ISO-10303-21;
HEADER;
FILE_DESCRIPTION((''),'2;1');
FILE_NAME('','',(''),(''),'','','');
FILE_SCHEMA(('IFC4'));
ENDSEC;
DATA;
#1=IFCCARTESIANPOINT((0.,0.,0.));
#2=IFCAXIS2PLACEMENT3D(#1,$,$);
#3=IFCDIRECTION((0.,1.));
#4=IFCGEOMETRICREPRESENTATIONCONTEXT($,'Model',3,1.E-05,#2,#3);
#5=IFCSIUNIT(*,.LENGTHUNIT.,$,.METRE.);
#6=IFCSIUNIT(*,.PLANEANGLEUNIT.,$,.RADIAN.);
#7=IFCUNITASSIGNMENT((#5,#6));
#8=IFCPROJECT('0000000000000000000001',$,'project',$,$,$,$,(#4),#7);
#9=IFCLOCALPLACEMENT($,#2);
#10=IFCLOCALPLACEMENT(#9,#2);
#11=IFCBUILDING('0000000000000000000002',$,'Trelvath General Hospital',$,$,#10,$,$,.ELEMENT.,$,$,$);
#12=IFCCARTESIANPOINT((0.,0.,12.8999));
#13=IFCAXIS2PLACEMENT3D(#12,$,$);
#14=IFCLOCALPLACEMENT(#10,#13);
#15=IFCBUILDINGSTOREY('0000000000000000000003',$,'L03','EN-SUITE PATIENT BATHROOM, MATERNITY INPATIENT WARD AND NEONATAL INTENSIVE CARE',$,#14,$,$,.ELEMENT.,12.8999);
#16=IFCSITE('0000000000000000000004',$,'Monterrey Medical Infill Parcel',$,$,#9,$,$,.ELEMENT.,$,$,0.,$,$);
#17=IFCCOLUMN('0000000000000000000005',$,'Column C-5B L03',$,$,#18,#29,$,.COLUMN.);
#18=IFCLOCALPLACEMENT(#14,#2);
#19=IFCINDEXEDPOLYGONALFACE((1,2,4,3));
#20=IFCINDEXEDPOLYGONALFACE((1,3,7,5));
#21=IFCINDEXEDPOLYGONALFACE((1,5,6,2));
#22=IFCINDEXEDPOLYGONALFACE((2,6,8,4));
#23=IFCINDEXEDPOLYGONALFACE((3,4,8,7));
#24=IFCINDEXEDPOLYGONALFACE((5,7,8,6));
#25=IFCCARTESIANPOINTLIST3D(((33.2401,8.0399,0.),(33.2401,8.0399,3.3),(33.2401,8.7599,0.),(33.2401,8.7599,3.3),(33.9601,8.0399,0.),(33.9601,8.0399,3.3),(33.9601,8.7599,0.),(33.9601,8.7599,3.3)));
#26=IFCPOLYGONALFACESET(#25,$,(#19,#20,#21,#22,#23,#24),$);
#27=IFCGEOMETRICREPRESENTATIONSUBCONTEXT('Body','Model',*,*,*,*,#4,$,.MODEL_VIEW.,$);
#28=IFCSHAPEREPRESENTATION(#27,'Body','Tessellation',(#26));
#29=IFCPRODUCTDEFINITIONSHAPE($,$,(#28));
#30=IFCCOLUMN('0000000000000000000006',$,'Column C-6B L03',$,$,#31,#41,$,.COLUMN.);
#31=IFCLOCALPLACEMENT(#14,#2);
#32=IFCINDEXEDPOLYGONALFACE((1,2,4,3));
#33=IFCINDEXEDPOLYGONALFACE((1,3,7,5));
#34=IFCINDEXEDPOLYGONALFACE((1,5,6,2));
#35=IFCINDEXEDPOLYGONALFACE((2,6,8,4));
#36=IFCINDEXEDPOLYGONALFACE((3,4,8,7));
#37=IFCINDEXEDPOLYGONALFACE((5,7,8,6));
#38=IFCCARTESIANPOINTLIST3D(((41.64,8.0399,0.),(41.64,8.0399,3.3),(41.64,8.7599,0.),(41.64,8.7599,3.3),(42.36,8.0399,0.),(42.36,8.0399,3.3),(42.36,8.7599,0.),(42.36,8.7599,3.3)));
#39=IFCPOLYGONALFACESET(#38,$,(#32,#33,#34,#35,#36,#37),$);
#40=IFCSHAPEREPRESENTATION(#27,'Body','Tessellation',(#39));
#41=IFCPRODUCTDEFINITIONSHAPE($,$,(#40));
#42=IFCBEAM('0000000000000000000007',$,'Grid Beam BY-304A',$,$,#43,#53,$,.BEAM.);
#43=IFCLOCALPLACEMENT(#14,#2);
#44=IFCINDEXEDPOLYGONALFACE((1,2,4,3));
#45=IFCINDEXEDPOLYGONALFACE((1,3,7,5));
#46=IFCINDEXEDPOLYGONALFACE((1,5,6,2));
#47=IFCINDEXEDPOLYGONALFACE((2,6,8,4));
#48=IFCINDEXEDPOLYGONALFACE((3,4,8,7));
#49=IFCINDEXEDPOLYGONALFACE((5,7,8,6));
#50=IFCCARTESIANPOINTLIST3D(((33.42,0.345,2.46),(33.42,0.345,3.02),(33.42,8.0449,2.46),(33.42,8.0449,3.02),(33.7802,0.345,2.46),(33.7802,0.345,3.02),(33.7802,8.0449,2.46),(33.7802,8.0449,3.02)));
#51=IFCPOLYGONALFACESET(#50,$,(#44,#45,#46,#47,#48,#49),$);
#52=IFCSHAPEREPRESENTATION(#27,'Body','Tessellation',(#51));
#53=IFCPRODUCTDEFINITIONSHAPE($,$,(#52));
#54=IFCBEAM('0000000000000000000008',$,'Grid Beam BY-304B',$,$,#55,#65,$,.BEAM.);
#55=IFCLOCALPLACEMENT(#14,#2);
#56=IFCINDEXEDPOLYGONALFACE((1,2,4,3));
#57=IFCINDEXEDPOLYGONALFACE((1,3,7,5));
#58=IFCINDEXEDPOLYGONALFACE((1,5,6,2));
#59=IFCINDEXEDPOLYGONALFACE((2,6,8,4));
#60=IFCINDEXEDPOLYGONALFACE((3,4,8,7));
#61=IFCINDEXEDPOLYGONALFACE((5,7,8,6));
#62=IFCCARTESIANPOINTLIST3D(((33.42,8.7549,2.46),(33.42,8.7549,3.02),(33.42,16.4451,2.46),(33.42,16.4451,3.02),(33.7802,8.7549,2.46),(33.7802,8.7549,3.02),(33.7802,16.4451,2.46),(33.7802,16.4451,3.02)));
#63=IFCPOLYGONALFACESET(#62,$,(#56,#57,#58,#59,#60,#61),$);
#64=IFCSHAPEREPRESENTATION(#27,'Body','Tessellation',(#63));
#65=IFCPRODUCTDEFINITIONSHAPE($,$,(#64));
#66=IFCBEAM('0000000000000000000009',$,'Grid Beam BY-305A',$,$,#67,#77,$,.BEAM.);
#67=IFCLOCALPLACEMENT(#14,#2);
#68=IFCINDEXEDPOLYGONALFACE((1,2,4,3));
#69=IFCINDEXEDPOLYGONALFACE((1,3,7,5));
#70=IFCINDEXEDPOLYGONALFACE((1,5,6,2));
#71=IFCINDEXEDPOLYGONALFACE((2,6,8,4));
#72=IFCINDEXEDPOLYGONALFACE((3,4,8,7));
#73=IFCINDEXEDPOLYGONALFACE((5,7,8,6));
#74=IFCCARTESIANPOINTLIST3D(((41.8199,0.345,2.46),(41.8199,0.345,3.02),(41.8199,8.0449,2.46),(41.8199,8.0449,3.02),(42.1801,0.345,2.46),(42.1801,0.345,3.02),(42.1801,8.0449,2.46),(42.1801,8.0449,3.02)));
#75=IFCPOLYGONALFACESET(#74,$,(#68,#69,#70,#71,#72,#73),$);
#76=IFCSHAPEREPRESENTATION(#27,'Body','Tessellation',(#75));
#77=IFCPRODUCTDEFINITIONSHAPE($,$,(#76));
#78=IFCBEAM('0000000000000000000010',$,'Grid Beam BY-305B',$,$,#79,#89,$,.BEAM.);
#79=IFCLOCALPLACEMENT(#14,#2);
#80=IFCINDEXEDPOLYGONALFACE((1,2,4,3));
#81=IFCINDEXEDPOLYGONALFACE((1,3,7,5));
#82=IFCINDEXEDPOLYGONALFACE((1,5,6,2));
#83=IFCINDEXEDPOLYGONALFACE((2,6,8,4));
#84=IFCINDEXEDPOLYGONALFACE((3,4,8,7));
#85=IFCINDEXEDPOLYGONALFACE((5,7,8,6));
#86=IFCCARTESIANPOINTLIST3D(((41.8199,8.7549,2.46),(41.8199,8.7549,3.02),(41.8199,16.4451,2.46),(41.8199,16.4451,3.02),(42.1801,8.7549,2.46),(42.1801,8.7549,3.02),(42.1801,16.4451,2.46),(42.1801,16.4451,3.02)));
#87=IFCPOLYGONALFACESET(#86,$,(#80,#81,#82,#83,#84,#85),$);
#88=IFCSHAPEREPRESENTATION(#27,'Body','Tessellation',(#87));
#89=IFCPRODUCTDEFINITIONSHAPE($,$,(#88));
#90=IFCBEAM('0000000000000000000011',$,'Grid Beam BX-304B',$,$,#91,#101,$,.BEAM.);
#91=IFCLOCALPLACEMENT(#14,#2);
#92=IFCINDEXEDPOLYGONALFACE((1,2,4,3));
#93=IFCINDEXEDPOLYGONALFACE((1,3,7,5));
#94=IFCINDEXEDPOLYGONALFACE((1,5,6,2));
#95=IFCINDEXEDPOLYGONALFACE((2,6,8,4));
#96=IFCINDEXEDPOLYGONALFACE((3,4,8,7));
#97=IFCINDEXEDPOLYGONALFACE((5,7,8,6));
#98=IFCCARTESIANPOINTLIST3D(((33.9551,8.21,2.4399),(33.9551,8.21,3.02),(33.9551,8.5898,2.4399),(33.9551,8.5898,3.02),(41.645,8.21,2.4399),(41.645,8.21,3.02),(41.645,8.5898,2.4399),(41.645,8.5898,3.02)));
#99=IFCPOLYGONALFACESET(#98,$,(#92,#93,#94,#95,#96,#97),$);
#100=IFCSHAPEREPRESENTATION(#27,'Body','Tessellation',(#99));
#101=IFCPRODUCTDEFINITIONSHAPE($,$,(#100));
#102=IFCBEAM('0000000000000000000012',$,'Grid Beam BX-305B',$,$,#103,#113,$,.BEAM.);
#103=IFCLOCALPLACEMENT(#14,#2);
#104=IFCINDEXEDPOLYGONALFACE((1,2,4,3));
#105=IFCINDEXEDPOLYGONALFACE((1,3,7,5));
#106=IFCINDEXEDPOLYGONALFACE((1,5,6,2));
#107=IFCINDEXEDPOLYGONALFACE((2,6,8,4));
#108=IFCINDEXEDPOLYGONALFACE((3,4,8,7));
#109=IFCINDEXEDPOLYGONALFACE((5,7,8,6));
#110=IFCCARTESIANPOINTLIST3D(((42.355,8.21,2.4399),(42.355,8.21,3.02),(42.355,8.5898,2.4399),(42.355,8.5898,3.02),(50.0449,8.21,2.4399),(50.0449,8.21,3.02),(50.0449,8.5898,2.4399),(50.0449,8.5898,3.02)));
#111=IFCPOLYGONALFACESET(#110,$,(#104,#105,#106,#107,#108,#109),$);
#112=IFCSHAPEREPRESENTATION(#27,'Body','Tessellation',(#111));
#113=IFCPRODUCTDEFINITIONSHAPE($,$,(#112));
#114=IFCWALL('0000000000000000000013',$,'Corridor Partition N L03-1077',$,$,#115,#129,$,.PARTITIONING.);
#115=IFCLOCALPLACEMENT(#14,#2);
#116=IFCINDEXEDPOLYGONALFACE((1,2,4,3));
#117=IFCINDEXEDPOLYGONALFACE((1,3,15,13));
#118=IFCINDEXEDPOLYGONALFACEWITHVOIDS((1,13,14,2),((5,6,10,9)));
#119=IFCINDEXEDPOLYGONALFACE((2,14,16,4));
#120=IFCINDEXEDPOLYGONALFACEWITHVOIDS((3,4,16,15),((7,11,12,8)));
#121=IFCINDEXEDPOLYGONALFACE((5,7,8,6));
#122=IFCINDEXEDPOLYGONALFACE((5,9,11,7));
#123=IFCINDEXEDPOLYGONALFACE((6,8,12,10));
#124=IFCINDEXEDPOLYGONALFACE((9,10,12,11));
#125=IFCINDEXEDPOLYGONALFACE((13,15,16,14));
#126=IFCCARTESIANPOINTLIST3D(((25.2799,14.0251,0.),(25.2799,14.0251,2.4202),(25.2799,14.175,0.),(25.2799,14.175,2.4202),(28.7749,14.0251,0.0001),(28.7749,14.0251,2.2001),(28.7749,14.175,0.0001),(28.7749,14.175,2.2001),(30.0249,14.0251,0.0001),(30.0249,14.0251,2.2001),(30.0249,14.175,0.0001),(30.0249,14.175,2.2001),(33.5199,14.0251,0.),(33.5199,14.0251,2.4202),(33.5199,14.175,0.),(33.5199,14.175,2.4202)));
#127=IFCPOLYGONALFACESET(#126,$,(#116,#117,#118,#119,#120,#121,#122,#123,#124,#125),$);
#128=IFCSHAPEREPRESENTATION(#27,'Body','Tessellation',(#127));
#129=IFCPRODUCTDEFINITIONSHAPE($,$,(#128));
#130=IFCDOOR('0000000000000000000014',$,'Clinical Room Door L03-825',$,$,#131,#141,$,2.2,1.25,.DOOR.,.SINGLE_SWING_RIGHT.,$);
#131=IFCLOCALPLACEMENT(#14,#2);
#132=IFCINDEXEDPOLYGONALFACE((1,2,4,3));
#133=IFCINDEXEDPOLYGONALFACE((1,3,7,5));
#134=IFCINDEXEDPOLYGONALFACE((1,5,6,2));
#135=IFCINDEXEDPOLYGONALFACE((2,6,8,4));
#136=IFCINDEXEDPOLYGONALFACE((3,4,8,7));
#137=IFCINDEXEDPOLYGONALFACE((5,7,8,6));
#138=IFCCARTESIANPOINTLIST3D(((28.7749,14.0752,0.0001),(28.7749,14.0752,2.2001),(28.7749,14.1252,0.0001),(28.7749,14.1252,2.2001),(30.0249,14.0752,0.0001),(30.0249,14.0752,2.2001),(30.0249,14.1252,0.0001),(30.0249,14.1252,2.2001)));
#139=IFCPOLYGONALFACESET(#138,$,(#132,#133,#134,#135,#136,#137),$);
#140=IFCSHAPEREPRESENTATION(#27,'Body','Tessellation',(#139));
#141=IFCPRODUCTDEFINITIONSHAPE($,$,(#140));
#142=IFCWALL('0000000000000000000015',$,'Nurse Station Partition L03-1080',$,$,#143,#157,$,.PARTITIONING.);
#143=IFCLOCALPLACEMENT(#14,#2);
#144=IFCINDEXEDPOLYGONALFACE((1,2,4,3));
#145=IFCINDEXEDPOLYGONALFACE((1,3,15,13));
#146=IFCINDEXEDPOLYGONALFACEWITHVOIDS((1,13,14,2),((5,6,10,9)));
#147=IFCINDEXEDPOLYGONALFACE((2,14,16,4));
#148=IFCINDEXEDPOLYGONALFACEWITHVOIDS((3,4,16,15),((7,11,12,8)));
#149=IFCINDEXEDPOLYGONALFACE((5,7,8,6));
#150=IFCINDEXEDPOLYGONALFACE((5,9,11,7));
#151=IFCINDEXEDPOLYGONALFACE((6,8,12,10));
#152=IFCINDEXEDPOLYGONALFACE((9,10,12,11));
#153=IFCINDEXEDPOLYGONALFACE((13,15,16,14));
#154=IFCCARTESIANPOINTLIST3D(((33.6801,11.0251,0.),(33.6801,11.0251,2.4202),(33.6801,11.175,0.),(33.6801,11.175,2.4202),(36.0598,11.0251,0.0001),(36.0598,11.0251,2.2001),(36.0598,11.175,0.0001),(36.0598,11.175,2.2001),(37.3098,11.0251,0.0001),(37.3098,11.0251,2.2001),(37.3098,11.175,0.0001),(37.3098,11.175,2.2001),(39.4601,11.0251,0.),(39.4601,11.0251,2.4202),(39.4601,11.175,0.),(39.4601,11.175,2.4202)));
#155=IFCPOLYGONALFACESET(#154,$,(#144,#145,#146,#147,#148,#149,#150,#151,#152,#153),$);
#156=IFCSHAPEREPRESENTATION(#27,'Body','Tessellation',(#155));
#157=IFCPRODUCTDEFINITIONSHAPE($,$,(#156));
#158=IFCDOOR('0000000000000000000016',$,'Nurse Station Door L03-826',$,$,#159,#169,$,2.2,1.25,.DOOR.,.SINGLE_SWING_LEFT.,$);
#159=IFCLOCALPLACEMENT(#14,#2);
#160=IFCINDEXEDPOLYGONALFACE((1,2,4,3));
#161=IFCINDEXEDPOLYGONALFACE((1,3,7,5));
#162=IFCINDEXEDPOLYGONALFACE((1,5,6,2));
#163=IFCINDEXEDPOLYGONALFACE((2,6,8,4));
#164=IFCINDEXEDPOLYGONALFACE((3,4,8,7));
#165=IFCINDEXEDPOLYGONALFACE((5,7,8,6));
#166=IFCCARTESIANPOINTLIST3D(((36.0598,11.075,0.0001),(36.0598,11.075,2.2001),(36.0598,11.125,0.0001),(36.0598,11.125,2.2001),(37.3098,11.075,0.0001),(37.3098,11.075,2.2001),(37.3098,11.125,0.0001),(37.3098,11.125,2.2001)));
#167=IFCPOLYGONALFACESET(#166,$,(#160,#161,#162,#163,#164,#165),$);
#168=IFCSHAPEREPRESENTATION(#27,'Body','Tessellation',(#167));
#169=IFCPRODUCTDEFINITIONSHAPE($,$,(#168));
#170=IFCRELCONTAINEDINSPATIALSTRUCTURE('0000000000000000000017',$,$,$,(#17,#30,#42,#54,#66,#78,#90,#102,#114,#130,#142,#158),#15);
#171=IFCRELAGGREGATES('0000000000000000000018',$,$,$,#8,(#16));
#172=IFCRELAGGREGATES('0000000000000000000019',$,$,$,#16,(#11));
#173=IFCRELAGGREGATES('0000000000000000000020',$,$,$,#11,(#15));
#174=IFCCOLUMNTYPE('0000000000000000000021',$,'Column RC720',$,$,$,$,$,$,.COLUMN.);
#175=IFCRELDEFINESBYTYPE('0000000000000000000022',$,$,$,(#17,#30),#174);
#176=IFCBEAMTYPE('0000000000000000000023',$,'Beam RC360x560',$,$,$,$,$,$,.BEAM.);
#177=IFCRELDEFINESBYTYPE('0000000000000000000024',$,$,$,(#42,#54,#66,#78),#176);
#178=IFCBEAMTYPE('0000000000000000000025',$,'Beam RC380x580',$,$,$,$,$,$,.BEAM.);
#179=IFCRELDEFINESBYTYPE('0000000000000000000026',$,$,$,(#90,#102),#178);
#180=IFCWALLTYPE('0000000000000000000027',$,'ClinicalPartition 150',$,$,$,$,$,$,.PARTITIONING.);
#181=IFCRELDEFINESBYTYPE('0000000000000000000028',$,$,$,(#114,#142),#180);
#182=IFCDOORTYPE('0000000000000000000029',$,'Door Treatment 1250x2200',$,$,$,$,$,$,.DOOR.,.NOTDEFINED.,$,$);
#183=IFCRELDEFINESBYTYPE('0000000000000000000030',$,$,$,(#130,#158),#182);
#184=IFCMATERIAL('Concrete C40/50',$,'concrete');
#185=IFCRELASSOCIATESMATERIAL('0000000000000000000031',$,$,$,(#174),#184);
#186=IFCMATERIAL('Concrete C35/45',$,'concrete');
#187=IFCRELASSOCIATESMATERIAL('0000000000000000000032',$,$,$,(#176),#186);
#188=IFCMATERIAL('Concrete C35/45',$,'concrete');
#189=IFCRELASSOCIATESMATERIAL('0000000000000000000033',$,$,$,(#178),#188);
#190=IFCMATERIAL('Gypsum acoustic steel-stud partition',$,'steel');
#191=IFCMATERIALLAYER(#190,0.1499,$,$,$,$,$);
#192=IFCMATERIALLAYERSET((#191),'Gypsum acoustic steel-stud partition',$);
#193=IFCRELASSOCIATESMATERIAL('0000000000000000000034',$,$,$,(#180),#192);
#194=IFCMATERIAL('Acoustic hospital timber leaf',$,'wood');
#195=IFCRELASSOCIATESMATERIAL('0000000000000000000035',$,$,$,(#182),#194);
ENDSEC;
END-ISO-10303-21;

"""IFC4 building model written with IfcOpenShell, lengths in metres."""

from ifc_helpers import new_model, si_unit, direction, frame, frame_2d, origin, origin_2d, place, context, subcontext, project, spatial, rectangle, extrude, material, layer, layer_set, material_profile, profile_set, type_object, element, fill, save


model = new_model("IFC4")

# Units and contexts
model_context = context("Model", 3, precision=1e-05, world=origin(), true_north=direction((0.0, 1.0)))
body_context = subcontext(model_context, "Body", "Model", "MODEL_VIEW")
ifc_project = project(units=[si_unit("LENGTHUNIT", "METRE"), si_unit("PLANEANGLEUNIT", "RADIAN")], contexts=[model_context])

# Site, building, storey
site_placement = place(None, origin())
site = spatial("IfcSite", under=ifc_project, at=site_placement, Name="Monterrey Medical Infill Parcel", CompositionType="ELEMENT", RefElevation=0.0)
building_placement = place(site_placement, origin())
building = spatial("IfcBuilding", under=site, at=building_placement, Name="Trelvath General Hospital", CompositionType="ELEMENT")
storey_placement = place(building_placement, frame((0.0, 0.0, 12.8999)))
storey = spatial("IfcBuildingStorey", under=building, at=storey_placement, Name="L03", Description="EN-SUITE PATIENT BATHROOM, MATERNITY INPATIENT WARD AND NEONATAL INTENSIVE CARE", CompositionType="ELEMENT", Elevation=12.8999)

# Columns
ifc_material_1 = material(Name="Concrete C40/50", Category="concrete")
ifc_material_profile_1 = material_profile(ifc_material_1, rectangle(XDim=0.72, YDim=0.72, at=origin_2d()), Name="RC720x720")
ifc_profile_set_1 = profile_set([ifc_material_profile_1], Name="Concrete C40/50")
column_type = type_object("IfcColumnType", Name="Column RC720", PredefinedType="COLUMN", material=ifc_profile_set_1)
for number, where, z_axis, x_axis, name in (
    (1, (33.6001, 8.3999, 0.0), (0.0, 0.0, 1.0), (1.0, 0.0, 0.0), "Column C-5B L03"),
    (2, (42.0, 8.3999, 0.0), (0.0, 0.0, 1.0), (1.0, 0.0, 0.0), "Column C-6B L03"),
):
    element("IfcColumn", number, at=place(storey_placement, frame(where, z_axis=z_axis, x_axis=x_axis)), inside=storey, type_object=column_type, Name=name, PredefinedType="COLUMN", context=body_context, shape_type="SweptSolid", body=[
        extrude(rectangle(XDim=0.72, YDim=0.72, at=origin_2d()), origin(), (0.0, 0.0, 1.0), 3.3),
    ])

# Beams
ifc_material_2 = material(Name="Concrete C35/45", Category="concrete")
ifc_material_profile_2 = material_profile(ifc_material_2, rectangle(XDim=0.3601, YDim=0.5601, at=origin_2d()), Name="RCB360x560")
ifc_profile_set_2 = profile_set([ifc_material_profile_2], Name="Concrete C35/45")
beam_type_1 = type_object("IfcBeamType", Name="Beam RC360x560", PredefinedType="BEAM", material=ifc_profile_set_2)
beam_1_placement = place(storey_placement, frame((33.6001, 0.345, 2.74), z_axis=(0.0, 1.0, 0.0), x_axis=(-1.0, 0.0, 0.0)))
element("IfcBeam", 3, at=beam_1_placement, inside=storey, type_object=beam_type_1, Name="Grid Beam BY-304A", PredefinedType="BEAM", context=body_context, shape_type="SweptSolid", body=[
    extrude(rectangle(XDim=0.3601, YDim=0.5601, at=origin_2d()), origin(), (0.0, 0.0, 1.0), 7.7),
])
beam_2_placement = place(storey_placement, frame((33.6001, 8.7549, 2.74), z_axis=(0.0, 1.0, 0.0), x_axis=(-1.0, 0.0, 0.0)))
element("IfcBeam", 4, at=beam_2_placement, inside=storey, type_object=beam_type_1, Name="Grid Beam BY-304B", PredefinedType="BEAM", context=body_context, shape_type="SweptSolid", body=[
    extrude(rectangle(XDim=0.3601, YDim=0.5601, at=origin_2d()), origin(), (0.0, 0.0, 1.0), 7.6902),
])
beam_3_placement = place(storey_placement, frame((42.0, 0.345, 2.74), z_axis=(0.0, 1.0, 0.0), x_axis=(-1.0, 0.0, 0.0)))
element("IfcBeam", 5, at=beam_3_placement, inside=storey, type_object=beam_type_1, Name="Grid Beam BY-305A", PredefinedType="BEAM", context=body_context, shape_type="SweptSolid", body=[
    extrude(rectangle(XDim=0.3601, YDim=0.5601, at=origin_2d()), origin(), (0.0, 0.0, 1.0), 7.7),
])
beam_4_placement = place(storey_placement, frame((42.0, 8.7549, 2.74), z_axis=(0.0, 1.0, 0.0), x_axis=(-1.0, 0.0, 0.0)))
element("IfcBeam", 6, at=beam_4_placement, inside=storey, type_object=beam_type_1, Name="Grid Beam BY-305B", PredefinedType="BEAM", context=body_context, shape_type="SweptSolid", body=[
    extrude(rectangle(XDim=0.3601, YDim=0.5601, at=origin_2d()), origin(), (0.0, 0.0, 1.0), 7.6902),
])
ifc_material_3 = material(Name="Concrete C35/45", Category="concrete")
ifc_material_profile_3 = material_profile(ifc_material_3, rectangle(XDim=0.3799, YDim=0.5801, at=origin_2d()), Name="RCB380x580")
ifc_profile_set_3 = profile_set([ifc_material_profile_3], Name="Concrete C35/45")
beam_type_2 = type_object("IfcBeamType", Name="Beam RC380x580", PredefinedType="BEAM", material=ifc_profile_set_3)
for number, where, z_axis, x_axis, name in (
    (7, (33.9551, 8.3999, 2.73), (1.0, 0.0, 0.0), (0.0, 1.0, 0.0), "Grid Beam BX-304B"),
    (8, (42.355, 8.3999, 2.73), (1.0, 0.0, 0.0), (0.0, 1.0, 0.0), "Grid Beam BX-305B"),
):
    element("IfcBeam", number, at=place(storey_placement, frame(where, z_axis=z_axis, x_axis=x_axis)), inside=storey, type_object=beam_type_2, Name=name, PredefinedType="BEAM", context=body_context, shape_type="SweptSolid", body=[
        extrude(rectangle(XDim=0.3799, YDim=0.5801, at=origin_2d()), origin(), (0.0, 0.0, 1.0), 7.6899),
    ])

# Walls, openings, doors
ifc_material_4 = material(Name="Gypsum acoustic steel-stud partition", Category="steel")
ifc_layer_1 = layer(ifc_material_4, 0.1499)
ifc_layer_set_1 = layer_set([ifc_layer_1], Name="Gypsum acoustic steel-stud partition")
wall_type_1 = type_object("IfcWallType", Name="ClinicalPartition 150", PredefinedType="PARTITIONING", material=ifc_layer_set_1)
wall_1_placement = place(storey_placement, frame((33.52, 14.1001, 0.0), z_axis=(0.0, 0.0, 1.0), x_axis=(-1.0, 0.0, 0.0)))
wall_1 = element("IfcWall", 9, at=wall_1_placement, inside=storey, type_object=wall_type_1, Name="Corridor Partition N L03-1077", PredefinedType="PARTITIONING", context=body_context, shape_type="SweptSolid", body=[
    extrude(rectangle(XDim=8.24, YDim=0.1499, at=frame_2d((4.1201, 0.0))), origin(), (0.0, 0.0, 1.0), 2.4202),
])
opening_1_placement = place(wall_1_placement, frame((3.4951, 0.0, 0.0)))
opening_1 = element("IfcOpeningElement", 10, at=opening_1_placement, cuts=wall_1, PredefinedType="OPENING", context=body_context, shape_type="SweptSolid", body=[
    extrude(rectangle(XDim=1.25, YDim=2.2, at=frame_2d((0.625, 1.1001))), frame((0.0, 0.085, 0.0), z_axis=(0.0, -1.0, 0.0), x_axis=(1.0, 0.0, 0.0)), (0.0, 0.0, 1.0), 0.1699),
])
ifc_material_5 = material(Name="Acoustic hospital timber leaf", Category="wood")
door_type_1 = type_object("IfcDoorType", Name="Door Treatment 1250x2200", OperationType="NOTDEFINED", PredefinedType="DOOR", material=ifc_material_5)
door_1_placement = place(opening_1_placement, origin())
door_1 = element("IfcDoor", 11, at=door_1_placement, inside=storey, type_object=door_type_1, Name="Clinical Room Door L03-825", OperationType="SINGLE_SWING_RIGHT", OverallHeight=2.2, OverallWidth=1.25, PredefinedType="DOOR", context=body_context, shape_type="SweptSolid", body=[
    extrude(rectangle(XDim=1.25, YDim=2.2, at=frame_2d((0.625, 1.1001))), frame((0.0, 0.0249, 0.0), z_axis=(0.0, -1.0, 0.0), x_axis=(1.0, 0.0, 0.0)), (0.0, 0.0, 1.0), 0.05),
])
fill(opening_1, door_1)
wall_2_placement = place(storey_placement, frame((33.6799, 11.1001, 0.0), z_axis=(0.0, 0.0, 1.0), x_axis=(1.0, 0.0, 0.0)))
wall_2 = element("IfcWall", 12, at=wall_2_placement, inside=storey, type_object=wall_type_1, Name="Nurse Station Partition L03-1080", PredefinedType="PARTITIONING", context=body_context, shape_type="SweptSolid", body=[
    extrude(rectangle(XDim=5.78, YDim=0.1499, at=frame_2d((2.8901, 0.0))), origin(), (0.0, 0.0, 1.0), 2.4202),
])
opening_2_placement = place(wall_2_placement, frame((2.3799, 0.0, 0.0)))
opening_2 = element("IfcOpeningElement", 13, at=opening_2_placement, cuts=wall_2, PredefinedType="OPENING", context=body_context, shape_type="SweptSolid", body=[
    extrude(rectangle(XDim=1.25, YDim=2.2, at=frame_2d((0.625, 1.1001))), frame((0.0, 0.085, 0.0), z_axis=(0.0, -1.0, 0.0), x_axis=(1.0, 0.0, 0.0)), (0.0, 0.0, 1.0), 0.1699),
])
door_2_placement = place(opening_2_placement, origin())
door_2 = element("IfcDoor", 14, at=door_2_placement, inside=storey, type_object=door_type_1, Name="Nurse Station Door L03-826", OperationType="SINGLE_SWING_LEFT", OverallHeight=2.2, OverallWidth=1.25, PredefinedType="DOOR", context=body_context, shape_type="SweptSolid", body=[
    extrude(rectangle(XDim=1.25, YDim=2.2, at=frame_2d((0.625, 1.1001))), frame((0.0, 0.0249, 0.0), z_axis=(0.0, -1.0, 0.0), x_axis=(1.0, 0.0, 0.0)), (0.0, 0.0, 1.0), 0.05),
])
fill(opening_2, door_2)

save(model, "model.ifc")
